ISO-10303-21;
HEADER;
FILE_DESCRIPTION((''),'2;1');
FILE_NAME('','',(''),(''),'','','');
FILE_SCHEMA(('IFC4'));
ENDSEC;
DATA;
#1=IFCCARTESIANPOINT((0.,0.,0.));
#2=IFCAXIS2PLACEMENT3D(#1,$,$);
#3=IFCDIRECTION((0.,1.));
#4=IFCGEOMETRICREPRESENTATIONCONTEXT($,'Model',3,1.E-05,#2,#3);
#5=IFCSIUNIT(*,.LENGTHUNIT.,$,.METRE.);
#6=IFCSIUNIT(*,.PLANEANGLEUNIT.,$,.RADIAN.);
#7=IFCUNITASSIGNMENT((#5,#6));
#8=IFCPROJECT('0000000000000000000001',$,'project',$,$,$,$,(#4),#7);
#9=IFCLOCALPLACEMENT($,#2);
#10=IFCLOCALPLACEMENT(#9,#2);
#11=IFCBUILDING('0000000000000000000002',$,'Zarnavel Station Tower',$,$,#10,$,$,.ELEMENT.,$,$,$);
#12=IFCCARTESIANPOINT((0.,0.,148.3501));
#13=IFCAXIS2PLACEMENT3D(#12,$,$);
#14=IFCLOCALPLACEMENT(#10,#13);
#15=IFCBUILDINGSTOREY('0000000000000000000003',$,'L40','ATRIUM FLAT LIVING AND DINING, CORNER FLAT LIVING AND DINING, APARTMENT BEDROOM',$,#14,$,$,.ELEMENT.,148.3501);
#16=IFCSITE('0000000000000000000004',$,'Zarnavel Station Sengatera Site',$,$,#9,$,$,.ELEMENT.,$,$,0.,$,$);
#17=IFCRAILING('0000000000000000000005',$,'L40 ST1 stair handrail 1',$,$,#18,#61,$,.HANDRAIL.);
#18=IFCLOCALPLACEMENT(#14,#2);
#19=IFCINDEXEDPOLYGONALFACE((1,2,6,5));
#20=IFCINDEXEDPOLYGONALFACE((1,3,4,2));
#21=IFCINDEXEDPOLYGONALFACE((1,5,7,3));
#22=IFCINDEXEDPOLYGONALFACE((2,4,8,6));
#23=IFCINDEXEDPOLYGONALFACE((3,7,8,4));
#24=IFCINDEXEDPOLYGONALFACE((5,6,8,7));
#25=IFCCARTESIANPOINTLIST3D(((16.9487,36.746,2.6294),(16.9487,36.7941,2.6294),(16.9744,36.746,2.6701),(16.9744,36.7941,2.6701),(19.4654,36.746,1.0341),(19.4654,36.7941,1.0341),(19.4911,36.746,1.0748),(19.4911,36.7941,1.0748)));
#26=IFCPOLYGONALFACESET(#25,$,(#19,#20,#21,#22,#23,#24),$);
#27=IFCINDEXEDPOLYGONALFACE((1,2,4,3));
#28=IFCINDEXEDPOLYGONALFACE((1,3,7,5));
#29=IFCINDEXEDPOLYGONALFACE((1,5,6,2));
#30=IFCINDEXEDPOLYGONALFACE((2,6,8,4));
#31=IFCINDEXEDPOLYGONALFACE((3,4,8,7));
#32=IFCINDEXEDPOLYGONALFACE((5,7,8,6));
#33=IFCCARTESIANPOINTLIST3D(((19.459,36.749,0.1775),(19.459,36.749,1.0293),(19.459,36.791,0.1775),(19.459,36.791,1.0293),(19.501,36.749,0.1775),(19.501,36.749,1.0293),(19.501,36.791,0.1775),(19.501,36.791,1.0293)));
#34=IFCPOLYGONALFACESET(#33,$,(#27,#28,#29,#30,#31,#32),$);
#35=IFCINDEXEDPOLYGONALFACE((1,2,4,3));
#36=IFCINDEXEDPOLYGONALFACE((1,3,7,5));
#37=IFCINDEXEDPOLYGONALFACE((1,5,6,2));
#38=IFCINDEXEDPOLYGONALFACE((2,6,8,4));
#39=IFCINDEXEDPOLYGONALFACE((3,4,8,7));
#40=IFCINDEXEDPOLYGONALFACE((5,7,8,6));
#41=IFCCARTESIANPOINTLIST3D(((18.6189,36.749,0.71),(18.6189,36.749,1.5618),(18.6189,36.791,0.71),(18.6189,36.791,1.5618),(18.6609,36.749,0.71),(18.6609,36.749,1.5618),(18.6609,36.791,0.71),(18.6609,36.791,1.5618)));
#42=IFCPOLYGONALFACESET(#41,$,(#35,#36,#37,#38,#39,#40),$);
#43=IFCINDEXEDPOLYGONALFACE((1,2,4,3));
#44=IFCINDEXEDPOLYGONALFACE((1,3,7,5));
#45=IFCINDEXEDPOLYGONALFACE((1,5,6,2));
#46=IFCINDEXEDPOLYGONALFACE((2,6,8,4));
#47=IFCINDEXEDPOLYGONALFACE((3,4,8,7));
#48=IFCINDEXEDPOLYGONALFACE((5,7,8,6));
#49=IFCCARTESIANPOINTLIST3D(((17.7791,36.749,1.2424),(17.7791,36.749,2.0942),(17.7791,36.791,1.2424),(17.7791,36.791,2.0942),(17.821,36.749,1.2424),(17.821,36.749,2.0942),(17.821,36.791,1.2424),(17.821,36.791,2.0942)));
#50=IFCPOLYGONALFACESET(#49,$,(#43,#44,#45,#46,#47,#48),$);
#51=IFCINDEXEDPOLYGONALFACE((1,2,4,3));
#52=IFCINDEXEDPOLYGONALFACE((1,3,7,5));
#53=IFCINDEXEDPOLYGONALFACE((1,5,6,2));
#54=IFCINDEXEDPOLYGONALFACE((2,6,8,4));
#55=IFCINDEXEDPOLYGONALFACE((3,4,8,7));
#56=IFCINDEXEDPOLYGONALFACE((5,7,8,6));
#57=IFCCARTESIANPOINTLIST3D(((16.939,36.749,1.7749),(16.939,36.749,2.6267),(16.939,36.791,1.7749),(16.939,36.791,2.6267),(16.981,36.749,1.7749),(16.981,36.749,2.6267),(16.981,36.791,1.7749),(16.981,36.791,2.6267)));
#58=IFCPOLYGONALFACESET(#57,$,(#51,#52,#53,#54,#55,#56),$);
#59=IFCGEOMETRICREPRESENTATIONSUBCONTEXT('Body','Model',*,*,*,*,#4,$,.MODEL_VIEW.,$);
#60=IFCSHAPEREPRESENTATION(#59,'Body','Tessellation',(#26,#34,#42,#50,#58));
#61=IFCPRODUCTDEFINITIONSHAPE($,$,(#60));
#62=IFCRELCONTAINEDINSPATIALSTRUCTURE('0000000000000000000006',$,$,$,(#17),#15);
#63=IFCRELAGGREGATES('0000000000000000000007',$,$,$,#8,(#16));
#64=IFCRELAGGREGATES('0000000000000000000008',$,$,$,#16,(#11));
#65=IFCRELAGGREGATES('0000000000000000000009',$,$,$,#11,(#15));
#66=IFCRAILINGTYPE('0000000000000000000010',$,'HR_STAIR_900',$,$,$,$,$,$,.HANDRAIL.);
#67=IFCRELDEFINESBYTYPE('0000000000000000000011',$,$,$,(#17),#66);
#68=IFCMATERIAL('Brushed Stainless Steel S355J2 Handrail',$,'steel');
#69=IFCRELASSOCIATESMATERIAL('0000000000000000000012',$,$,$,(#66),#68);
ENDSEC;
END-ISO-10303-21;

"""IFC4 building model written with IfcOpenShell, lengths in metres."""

from ifc_helpers import new_model, si_unit, direction, frame, origin, origin_2d, place, context, subcontext, project, spatial, rectangle, extrude, material, type_object, element, save


model = new_model("IFC4")

# Units and contexts
model_context = context("Model", 3, precision=1e-05, world=origin(), true_north=direction((0.0, 1.0)))
body_context = subcontext(model_context, "Body", "Model", "MODEL_VIEW")
ifc_project = project(units=[si_unit("LENGTHUNIT", "METRE"), si_unit("PLANEANGLEUNIT", "RADIAN")], contexts=[model_context])

# Site, building, storey
site_placement = place(None, origin())
site = spatial("IfcSite", under=ifc_project, at=site_placement, Name="Zarnavel Station Sengatera Site", CompositionType="ELEMENT", RefElevation=0.0)
building_placement = place(site_placement, origin())
building = spatial("IfcBuilding", under=site, at=building_placement, Name="Zarnavel Station Tower", CompositionType="ELEMENT")
storey_placement = place(building_placement, frame((0.0, 0.0, 148.3501)))
storey = spatial("IfcBuildingStorey", under=building, at=storey_placement, Name="L40", Description="ATRIUM FLAT LIVING AND DINING, CORNER FLAT LIVING AND DINING, APARTMENT BEDROOM", CompositionType="ELEMENT", Elevation=148.3501)

# Railing
ifc_material_1 = material(Name="Brushed Stainless Steel S355J2 Handrail", Category="steel")
railing_type_1 = type_object("IfcRailingType", Name="HR_STAIR_900", PredefinedType="HANDRAIL", material=ifc_material_1)
railing_1_placement = place(storey_placement, frame((19.48, 36.77, 0.1775)))
element("IfcRailing", 1, at=railing_1_placement, inside=storey, type_object=railing_type_1, Name="L40 ST1 stair handrail 1", PredefinedType="HANDRAIL", context=body_context, shape_type="SweptSolid", body=[
    extrude(rectangle(XDim=0.0481, YDim=0.0481, at=origin_2d()), frame((-0.0017, 0.0, 0.877), z_axis=(-0.844607, 0.0, 0.535387), x_axis=(0.0, -1.0, 0.0)), (0.0, 0.0, 1.0), 2.9797),
    extrude(rectangle(XDim=0.042, YDim=0.042, at=origin_2d()), origin(), (0.0, 0.0, 1.0), 0.8518),
    extrude(rectangle(XDim=0.042, YDim=0.042, at=origin_2d()), frame((-0.8401, 0.0, 0.5325)), (0.0, 0.0, 1.0), 0.8518),
    extrude(rectangle(XDim=0.042, YDim=0.042, at=origin_2d()), frame((-1.6799, 0.0, 1.0649)), (0.0, 0.0, 1.0), 0.8518),
    extrude(rectangle(XDim=0.042, YDim=0.042, at=origin_2d()), frame((-2.52, 0.0, 1.5974)), (0.0, 0.0, 1.0), 0.8518),
])

save(model, "model.ifc")
